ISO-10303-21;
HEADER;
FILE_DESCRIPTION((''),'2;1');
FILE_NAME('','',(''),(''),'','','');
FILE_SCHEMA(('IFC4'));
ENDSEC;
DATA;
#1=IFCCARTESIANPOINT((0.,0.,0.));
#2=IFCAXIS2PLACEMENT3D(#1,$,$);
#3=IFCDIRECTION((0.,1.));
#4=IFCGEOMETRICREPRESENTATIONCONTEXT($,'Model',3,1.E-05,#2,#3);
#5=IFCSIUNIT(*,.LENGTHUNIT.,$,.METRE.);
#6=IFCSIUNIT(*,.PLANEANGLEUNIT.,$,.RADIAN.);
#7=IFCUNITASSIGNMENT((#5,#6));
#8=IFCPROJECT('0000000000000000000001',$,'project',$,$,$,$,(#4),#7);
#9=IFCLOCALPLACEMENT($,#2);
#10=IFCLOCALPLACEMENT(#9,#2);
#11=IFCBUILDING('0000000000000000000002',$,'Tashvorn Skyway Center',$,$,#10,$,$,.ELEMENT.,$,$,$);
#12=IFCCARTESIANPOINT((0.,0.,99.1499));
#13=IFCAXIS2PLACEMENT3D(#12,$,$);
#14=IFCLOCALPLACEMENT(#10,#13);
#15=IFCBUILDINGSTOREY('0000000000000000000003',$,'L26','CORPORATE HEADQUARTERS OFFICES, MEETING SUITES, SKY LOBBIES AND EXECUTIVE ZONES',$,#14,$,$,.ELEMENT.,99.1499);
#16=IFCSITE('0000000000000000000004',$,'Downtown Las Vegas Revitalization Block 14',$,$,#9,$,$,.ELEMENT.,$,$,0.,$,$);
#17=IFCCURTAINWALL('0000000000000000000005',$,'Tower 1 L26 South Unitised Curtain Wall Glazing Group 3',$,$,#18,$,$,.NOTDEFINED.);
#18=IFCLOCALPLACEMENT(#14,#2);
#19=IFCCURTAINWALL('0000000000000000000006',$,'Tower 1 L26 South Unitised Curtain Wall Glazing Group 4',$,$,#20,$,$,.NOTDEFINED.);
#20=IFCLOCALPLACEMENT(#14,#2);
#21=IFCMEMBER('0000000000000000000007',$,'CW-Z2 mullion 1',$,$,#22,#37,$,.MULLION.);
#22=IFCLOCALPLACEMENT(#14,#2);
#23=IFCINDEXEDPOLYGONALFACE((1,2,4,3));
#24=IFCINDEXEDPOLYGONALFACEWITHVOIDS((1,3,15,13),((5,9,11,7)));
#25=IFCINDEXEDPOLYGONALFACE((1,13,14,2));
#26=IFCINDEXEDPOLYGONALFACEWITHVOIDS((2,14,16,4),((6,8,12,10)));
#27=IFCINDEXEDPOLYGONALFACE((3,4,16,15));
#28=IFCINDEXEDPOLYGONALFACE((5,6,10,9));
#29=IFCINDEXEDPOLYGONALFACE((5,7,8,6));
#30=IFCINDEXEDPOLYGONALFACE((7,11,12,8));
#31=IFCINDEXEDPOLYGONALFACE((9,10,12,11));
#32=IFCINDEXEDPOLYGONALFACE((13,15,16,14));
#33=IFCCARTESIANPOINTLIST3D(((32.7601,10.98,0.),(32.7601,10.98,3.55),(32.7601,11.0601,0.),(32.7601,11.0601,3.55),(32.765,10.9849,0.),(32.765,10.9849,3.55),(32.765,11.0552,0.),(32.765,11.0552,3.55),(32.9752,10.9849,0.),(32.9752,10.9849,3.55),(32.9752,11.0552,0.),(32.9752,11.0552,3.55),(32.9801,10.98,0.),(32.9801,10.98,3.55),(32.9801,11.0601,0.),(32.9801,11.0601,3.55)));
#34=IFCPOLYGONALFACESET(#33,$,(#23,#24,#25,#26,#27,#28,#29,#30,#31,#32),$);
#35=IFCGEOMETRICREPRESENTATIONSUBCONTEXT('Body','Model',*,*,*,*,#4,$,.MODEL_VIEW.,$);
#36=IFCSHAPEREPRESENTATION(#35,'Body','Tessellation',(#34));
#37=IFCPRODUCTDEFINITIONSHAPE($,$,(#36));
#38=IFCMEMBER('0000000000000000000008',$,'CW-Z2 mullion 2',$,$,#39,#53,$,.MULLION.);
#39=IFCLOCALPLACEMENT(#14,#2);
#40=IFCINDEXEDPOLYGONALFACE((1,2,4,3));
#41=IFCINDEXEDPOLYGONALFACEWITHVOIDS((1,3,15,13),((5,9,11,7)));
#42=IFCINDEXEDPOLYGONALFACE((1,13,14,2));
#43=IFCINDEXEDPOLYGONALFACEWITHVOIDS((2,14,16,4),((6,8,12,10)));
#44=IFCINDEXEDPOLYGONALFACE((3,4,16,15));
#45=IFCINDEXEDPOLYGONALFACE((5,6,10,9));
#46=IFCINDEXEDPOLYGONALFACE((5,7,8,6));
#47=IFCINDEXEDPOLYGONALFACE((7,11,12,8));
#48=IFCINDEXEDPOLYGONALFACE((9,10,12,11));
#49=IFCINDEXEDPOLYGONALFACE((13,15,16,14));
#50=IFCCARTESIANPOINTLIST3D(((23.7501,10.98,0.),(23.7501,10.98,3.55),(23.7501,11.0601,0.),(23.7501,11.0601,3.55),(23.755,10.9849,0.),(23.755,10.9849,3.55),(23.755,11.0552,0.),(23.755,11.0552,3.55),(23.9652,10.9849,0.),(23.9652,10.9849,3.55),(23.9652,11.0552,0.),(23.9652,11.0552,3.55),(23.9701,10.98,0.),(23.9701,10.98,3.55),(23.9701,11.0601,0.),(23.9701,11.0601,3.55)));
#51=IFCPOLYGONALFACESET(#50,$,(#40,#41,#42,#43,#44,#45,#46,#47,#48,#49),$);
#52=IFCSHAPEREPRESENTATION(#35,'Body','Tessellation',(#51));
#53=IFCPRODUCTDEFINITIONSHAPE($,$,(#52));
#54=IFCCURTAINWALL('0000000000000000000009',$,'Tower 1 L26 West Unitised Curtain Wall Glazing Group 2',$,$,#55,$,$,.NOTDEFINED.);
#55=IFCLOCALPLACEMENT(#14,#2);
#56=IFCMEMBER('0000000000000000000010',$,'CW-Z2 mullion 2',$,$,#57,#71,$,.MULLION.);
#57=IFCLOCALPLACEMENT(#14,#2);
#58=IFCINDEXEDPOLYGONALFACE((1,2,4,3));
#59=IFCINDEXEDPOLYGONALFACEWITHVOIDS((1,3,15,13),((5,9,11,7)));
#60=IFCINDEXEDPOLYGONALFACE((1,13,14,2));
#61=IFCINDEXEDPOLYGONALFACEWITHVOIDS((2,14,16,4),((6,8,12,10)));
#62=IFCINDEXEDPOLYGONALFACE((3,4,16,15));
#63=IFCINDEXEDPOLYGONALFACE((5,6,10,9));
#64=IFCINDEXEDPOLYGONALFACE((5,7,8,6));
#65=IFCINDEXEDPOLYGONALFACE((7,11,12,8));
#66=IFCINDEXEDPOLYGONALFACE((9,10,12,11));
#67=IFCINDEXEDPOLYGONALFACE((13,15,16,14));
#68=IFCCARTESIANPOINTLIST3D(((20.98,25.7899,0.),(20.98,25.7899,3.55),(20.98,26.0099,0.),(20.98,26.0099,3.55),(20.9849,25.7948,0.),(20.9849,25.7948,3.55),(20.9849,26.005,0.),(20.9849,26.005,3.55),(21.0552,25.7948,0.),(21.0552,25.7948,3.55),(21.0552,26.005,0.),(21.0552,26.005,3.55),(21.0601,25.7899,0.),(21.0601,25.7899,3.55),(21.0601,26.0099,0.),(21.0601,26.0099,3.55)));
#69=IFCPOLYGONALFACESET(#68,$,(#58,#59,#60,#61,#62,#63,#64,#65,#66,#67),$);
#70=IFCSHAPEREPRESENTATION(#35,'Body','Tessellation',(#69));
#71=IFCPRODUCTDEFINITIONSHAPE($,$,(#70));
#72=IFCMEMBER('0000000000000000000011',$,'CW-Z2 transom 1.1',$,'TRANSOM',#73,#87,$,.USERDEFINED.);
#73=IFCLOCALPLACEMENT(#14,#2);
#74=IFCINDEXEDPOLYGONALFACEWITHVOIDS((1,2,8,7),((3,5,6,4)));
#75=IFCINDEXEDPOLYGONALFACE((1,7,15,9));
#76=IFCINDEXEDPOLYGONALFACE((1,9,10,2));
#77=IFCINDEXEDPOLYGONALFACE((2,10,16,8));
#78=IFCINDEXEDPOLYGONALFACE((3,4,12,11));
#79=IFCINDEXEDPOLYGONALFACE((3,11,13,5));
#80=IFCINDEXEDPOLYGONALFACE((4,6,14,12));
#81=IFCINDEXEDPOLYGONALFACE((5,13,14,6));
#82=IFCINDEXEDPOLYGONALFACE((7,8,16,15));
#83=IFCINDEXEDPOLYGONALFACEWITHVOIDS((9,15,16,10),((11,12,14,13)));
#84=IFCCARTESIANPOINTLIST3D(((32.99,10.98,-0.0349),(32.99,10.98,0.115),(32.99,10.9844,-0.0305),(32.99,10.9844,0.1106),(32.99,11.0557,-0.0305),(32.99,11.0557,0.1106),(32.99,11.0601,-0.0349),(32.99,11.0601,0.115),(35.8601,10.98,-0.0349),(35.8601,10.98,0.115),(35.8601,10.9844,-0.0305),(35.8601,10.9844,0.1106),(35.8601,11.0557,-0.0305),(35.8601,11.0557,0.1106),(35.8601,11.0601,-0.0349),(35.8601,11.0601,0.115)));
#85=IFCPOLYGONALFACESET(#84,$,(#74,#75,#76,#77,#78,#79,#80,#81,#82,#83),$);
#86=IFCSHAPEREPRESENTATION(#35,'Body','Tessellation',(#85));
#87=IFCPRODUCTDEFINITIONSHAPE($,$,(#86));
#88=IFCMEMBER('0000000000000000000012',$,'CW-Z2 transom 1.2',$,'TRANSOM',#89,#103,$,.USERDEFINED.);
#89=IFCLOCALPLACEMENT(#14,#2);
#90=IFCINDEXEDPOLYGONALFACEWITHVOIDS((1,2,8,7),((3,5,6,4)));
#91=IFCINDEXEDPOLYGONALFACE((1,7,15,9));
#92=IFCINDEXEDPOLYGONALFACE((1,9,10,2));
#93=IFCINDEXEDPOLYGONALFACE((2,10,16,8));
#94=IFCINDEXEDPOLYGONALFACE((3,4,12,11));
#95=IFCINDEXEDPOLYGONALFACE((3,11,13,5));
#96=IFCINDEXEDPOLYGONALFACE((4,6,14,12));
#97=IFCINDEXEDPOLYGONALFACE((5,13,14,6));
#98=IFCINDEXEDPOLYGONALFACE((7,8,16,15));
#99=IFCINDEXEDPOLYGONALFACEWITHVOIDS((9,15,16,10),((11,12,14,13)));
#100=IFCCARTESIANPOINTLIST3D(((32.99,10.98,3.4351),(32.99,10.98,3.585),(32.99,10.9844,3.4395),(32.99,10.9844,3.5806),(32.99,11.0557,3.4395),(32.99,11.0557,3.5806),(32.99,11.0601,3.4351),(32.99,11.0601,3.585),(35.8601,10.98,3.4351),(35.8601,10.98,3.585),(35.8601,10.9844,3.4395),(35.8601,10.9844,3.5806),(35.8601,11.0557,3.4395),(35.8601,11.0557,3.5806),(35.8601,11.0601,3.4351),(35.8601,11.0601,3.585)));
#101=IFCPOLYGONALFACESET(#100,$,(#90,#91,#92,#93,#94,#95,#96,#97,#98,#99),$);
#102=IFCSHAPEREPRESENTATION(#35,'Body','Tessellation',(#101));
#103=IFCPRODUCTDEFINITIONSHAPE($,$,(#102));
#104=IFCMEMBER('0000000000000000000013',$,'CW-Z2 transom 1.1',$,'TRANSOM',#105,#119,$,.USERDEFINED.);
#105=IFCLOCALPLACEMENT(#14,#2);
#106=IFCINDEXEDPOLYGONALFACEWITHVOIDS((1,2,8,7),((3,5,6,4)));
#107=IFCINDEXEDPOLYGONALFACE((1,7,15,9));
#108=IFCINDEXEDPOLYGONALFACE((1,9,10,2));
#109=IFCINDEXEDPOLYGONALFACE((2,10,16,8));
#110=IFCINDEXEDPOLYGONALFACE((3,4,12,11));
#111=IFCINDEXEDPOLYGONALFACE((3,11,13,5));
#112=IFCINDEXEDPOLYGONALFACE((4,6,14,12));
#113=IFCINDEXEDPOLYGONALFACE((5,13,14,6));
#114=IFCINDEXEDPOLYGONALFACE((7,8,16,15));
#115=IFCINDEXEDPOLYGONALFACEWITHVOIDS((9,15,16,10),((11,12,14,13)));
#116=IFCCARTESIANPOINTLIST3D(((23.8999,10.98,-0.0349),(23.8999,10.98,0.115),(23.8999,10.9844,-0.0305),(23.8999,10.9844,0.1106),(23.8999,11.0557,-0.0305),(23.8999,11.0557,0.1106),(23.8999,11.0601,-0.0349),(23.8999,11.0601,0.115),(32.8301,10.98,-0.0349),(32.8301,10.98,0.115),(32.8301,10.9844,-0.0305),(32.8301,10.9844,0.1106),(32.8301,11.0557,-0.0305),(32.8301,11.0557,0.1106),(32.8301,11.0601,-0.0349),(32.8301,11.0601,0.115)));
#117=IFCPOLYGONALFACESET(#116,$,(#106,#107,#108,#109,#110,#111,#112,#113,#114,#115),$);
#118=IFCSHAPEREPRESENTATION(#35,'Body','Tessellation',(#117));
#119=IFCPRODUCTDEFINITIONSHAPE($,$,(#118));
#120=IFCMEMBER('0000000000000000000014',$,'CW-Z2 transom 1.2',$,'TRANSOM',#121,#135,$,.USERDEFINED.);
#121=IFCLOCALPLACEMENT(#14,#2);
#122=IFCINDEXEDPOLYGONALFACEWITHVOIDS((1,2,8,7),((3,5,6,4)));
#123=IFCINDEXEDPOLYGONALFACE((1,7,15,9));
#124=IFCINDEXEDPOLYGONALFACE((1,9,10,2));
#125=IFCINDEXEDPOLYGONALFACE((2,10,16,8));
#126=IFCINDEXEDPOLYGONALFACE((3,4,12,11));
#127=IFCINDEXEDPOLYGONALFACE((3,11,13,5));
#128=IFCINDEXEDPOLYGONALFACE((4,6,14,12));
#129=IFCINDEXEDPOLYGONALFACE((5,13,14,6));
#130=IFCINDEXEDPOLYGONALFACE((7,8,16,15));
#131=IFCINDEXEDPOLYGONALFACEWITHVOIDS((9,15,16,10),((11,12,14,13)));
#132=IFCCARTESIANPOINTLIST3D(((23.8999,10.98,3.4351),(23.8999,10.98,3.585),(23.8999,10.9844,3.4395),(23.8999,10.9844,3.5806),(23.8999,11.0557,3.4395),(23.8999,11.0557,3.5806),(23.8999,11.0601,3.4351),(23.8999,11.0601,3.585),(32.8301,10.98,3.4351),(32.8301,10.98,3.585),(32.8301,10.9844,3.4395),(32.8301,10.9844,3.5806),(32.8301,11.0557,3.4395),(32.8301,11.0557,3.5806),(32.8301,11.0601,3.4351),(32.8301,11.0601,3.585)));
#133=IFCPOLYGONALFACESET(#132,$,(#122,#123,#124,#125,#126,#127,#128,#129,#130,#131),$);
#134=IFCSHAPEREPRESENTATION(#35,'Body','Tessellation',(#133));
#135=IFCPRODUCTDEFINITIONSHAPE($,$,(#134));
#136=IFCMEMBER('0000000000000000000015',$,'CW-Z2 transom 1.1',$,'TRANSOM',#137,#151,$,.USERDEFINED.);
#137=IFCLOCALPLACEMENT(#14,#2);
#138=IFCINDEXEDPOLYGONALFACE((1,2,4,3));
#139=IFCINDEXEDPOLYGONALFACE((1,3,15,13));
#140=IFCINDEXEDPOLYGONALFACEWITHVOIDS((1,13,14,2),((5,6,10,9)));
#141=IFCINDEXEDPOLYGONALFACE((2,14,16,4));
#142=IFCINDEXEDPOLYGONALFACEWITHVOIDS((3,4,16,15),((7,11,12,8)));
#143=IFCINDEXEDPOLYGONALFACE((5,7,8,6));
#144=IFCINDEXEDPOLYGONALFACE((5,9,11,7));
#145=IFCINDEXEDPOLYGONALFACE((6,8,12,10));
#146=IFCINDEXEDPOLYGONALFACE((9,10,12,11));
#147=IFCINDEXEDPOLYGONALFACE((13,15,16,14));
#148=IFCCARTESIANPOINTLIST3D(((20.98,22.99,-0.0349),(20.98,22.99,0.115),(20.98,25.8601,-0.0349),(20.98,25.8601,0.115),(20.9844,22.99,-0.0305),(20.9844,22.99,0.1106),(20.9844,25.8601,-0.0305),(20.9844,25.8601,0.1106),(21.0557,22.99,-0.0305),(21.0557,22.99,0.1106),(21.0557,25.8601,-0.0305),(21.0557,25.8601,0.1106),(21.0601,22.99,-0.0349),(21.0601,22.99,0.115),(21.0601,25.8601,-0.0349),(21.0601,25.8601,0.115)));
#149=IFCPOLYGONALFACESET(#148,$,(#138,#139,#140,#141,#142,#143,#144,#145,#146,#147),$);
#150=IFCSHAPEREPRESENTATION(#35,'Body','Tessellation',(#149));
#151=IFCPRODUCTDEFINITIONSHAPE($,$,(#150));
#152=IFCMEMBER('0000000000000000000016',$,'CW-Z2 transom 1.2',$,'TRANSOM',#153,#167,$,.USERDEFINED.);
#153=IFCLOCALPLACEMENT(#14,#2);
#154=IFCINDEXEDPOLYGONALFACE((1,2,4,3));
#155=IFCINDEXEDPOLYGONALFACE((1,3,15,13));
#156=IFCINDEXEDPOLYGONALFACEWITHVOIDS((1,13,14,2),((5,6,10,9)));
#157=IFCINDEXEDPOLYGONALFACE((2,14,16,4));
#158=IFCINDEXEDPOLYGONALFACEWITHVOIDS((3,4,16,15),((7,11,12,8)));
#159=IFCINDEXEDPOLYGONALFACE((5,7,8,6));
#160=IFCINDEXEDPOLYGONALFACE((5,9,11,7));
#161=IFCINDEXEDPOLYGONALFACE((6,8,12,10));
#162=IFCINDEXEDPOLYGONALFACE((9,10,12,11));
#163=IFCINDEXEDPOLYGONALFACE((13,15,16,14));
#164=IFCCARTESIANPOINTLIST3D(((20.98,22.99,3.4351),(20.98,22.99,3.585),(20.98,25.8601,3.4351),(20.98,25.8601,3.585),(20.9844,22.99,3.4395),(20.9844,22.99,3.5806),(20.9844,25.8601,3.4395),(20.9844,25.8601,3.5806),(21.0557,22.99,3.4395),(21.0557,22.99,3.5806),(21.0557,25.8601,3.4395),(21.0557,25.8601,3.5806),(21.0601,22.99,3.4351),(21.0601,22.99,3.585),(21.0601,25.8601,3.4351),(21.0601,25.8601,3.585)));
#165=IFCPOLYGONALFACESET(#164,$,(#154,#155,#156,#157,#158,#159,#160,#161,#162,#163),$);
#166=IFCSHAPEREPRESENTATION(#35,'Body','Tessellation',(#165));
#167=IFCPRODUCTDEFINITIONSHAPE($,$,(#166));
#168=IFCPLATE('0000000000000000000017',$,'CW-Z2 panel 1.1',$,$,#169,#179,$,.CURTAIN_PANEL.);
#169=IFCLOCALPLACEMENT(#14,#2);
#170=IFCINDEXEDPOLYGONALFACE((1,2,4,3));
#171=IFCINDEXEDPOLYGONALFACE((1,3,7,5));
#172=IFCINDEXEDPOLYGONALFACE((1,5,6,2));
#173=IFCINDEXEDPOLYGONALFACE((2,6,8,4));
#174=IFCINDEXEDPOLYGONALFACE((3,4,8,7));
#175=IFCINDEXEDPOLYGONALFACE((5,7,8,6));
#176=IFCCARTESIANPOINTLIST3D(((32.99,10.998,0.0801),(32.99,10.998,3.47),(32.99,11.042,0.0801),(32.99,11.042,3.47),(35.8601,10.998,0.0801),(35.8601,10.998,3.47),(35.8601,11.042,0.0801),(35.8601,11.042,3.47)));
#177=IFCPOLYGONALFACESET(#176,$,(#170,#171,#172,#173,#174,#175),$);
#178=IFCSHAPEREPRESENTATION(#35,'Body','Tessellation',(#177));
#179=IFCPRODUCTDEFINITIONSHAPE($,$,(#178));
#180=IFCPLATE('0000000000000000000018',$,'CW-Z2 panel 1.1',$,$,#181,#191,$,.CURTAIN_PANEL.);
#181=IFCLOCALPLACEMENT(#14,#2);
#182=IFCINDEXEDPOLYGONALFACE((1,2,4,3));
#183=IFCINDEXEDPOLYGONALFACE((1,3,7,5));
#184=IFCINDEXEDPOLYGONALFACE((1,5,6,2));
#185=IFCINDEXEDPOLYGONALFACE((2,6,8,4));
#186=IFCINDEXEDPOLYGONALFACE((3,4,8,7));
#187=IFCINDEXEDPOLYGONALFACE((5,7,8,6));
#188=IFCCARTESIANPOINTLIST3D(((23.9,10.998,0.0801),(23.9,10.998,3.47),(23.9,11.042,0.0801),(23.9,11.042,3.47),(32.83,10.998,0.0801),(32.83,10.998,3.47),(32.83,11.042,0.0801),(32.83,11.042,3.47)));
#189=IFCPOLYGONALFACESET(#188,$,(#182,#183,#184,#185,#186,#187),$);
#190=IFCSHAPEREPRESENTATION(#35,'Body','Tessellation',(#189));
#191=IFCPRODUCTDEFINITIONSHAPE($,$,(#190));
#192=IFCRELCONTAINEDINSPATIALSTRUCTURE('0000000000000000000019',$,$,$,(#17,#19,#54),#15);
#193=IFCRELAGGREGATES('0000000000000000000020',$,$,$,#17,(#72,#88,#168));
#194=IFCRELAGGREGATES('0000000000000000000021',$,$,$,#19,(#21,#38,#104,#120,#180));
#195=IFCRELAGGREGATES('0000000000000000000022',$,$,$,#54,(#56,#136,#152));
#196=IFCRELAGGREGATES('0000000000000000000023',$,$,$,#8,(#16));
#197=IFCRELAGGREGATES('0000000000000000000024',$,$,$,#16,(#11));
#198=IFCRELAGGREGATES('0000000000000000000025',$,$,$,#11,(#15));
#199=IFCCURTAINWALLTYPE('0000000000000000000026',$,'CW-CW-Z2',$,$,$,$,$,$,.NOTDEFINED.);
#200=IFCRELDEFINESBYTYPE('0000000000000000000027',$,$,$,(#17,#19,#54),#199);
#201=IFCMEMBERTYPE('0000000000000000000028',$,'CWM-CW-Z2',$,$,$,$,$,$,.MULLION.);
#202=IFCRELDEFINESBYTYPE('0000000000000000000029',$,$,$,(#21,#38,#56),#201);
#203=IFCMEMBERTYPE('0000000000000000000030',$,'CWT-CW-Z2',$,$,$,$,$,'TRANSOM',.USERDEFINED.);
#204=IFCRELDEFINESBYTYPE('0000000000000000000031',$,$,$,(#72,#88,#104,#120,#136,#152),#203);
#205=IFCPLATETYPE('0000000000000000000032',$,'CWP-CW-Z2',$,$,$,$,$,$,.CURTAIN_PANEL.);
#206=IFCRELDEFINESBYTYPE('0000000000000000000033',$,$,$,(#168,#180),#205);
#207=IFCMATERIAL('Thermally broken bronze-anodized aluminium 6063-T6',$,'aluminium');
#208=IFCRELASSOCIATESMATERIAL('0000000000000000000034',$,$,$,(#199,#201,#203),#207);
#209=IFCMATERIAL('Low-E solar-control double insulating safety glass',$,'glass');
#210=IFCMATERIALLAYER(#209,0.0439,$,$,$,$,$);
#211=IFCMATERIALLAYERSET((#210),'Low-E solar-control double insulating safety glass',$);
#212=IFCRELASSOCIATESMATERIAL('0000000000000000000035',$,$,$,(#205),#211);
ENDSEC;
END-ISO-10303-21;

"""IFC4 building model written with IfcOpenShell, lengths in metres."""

from ifc_helpers import new_model, si_unit, direction, frame, origin, origin_2d, place, context, subcontext, project, spatial, rectangle, hollow_rectangle, extrude, material, layer, layer_set, material_profile, profile_set, type_object, element, aggregate, save


model = new_model("IFC4")

# Units and contexts
model_context = context("Model", 3, precision=1e-05, world=origin(), true_north=direction((0.0, 1.0)))
body_context = subcontext(model_context, "Body", "Model", "MODEL_VIEW")
ifc_project = project(units=[si_unit("LENGTHUNIT", "METRE"), si_unit("PLANEANGLEUNIT", "RADIAN")], contexts=[model_context])

# Site, building, storey
site_placement = place(None, origin())
site = spatial("IfcSite", under=ifc_project, at=site_placement, Name="Downtown Las Vegas Revitalization Block 14", CompositionType="ELEMENT", RefElevation=0.0)
building_placement = place(site_placement, origin())
building = spatial("IfcBuilding", under=site, at=building_placement, Name="Tashvorn Skyway Center", CompositionType="ELEMENT")
storey_placement = place(building_placement, frame((0.0, 0.0, 99.1499)))
storey = spatial("IfcBuildingStorey", under=building, at=storey_placement, Name="L26", Description="CORPORATE HEADQUARTERS OFFICES, MEETING SUITES, SKY LOBBIES AND EXECUTIVE ZONES", CompositionType="ELEMENT", Elevation=99.1499)

# Curtain walls, members
ifc_material_1 = material(Name="Thermally broken bronze-anodized aluminium 6063-T6", Category="aluminium")
curtain_wall_type = type_object("IfcCurtainWallType", Name="CW-CW-Z2", PredefinedType="NOTDEFINED", material=ifc_material_1)
curtain_wall_1_placement = place(storey_placement, origin())
curtain_wall_1 = element("IfcCurtainWall", 1, at=curtain_wall_1_placement, inside=storey, type_object=curtain_wall_type, Name="Tower 1 L26 South Unitised Curtain Wall Glazing Group 3", PredefinedType="NOTDEFINED")
ifc_material_profile_1 = material_profile(ifc_material_1, hollow_rectangle(XDim=0.0801, YDim=0.22, WallThickness=0.0049, at=origin_2d()), Name="ALU-MULL-80x220")
ifc_profile_set_1 = profile_set([ifc_material_profile_1], Name="Thermally broken bronze-anodized aluminium 6063-T6")
member_type_1 = type_object("IfcMemberType", Name="CWM-CW-Z2", PredefinedType="MULLION", material=ifc_profile_set_1)
curtain_wall_2_placement = place(storey_placement, origin())
curtain_wall_2 = element("IfcCurtainWall", 2, at=curtain_wall_2_placement, inside=storey, type_object=curtain_wall_type, Name="Tower 1 L26 South Unitised Curtain Wall Glazing Group 4", PredefinedType="NOTDEFINED")
member_1_placement = place(storey_placement, frame((32.8701, 11.02, 0.0), z_axis=(0.0, 0.0, 1.0), x_axis=(0.0, -1.0, 0.0)))
member_1 = element("IfcMember", 3, at=member_1_placement, type_object=member_type_1, Name="CW-Z2 mullion 1", PredefinedType="MULLION", context=body_context, shape_type="SweptSolid", body=[
    extrude(hollow_rectangle(XDim=0.0801, YDim=0.22, WallThickness=0.0049, at=origin_2d()), origin(), (0.0, 0.0, 1.0), 3.55),
])
member_2_placement = place(storey_placement, frame((23.8601, 11.02, 0.0), z_axis=(0.0, 0.0, 1.0), x_axis=(0.0, -1.0, 0.0)))
member_2 = element("IfcMember", 4, at=member_2_placement, type_object=member_type_1, Name="CW-Z2 mullion 2", PredefinedType="MULLION", context=body_context, shape_type="SweptSolid", body=[
    extrude(hollow_rectangle(XDim=0.0801, YDim=0.22, WallThickness=0.0049, at=origin_2d()), origin(), (0.0, 0.0, 1.0), 3.55),
])

# Curtain wall, member
curtain_wall_3_placement = place(storey_placement, origin())
curtain_wall_3 = element("IfcCurtainWall", 5, at=curtain_wall_3_placement, inside=storey, type_object=curtain_wall_type, Name="Tower 1 L26 West Unitised Curtain Wall Glazing Group 2", PredefinedType="NOTDEFINED")
member_3_placement = place(storey_placement, frame((21.02, 25.8999, 0.0), z_axis=(0.0, 0.0, 1.0), x_axis=(-1.0, 0.0, 0.0)))
member_3 = element("IfcMember", 6, at=member_3_placement, type_object=member_type_1, Name="CW-Z2 mullion 2", PredefinedType="MULLION", context=body_context, shape_type="SweptSolid", body=[
    extrude(hollow_rectangle(XDim=0.0801, YDim=0.22, WallThickness=0.0049, at=origin_2d()), origin(), (0.0, 0.0, 1.0), 3.55),
])

# Members
ifc_material_profile_2 = material_profile(ifc_material_1, hollow_rectangle(XDim=0.0801, YDim=0.1499, WallThickness=0.0044, at=origin_2d()), Name="ALU-TRAN-80x150")
ifc_profile_set_2 = profile_set([ifc_material_profile_2], Name="Thermally broken bronze-anodized aluminium 6063-T6")
member_type_2 = type_object("IfcMemberType", Name="CWT-CW-Z2", ElementType="TRANSOM", PredefinedType="USERDEFINED", material=ifc_profile_set_2)
member_4_placement = place(storey_placement, frame((35.8601, 11.02, 0.04), z_axis=(-1.0, 0.0, 0.0), x_axis=(0.0, -1.0, 0.0)))
member_4 = element("IfcMember", 7, at=member_4_placement, type_object=member_type_2, Name="CW-Z2 transom 1.1", ObjectType="TRANSOM", PredefinedType="USERDEFINED", context=body_context, shape_type="SweptSolid", body=[
    extrude(hollow_rectangle(XDim=0.0801, YDim=0.1499, WallThickness=0.0044, at=origin_2d()), origin(), (0.0, 0.0, 1.0), 2.8701),
])
member_5_placement = place(storey_placement, frame((35.8601, 11.02, 3.51), z_axis=(-1.0, 0.0, 0.0), x_axis=(0.0, -1.0, 0.0)))
member_5 = element("IfcMember", 8, at=member_5_placement, type_object=member_type_2, Name="CW-Z2 transom 1.2", ObjectType="TRANSOM", PredefinedType="USERDEFINED", context=body_context, shape_type="SweptSolid", body=[
    extrude(hollow_rectangle(XDim=0.0801, YDim=0.1499, WallThickness=0.0044, at=origin_2d()), origin(), (0.0, 0.0, 1.0), 2.8701),
])
member_6_placement = place(storey_placement, frame((32.8301, 11.02, 0.04), z_axis=(-1.0, 0.0, 0.0), x_axis=(0.0, -1.0, 0.0)))
member_6 = element("IfcMember", 9, at=member_6_placement, type_object=member_type_2, Name="CW-Z2 transom 1.1", ObjectType="TRANSOM", PredefinedType="USERDEFINED", context=body_context, shape_type="SweptSolid", body=[
    extrude(hollow_rectangle(XDim=0.0801, YDim=0.1499, WallThickness=0.0044, at=origin_2d()), origin(), (0.0, 0.0, 1.0), 8.9302),
])
member_7_placement = place(storey_placement, frame((32.8301, 11.02, 3.51), z_axis=(-1.0, 0.0, 0.0), x_axis=(0.0, -1.0, 0.0)))
member_7 = element("IfcMember", 10, at=member_7_placement, type_object=member_type_2, Name="CW-Z2 transom 1.2", ObjectType="TRANSOM", PredefinedType="USERDEFINED", context=body_context, shape_type="SweptSolid", body=[
    extrude(hollow_rectangle(XDim=0.0801, YDim=0.1499, WallThickness=0.0044, at=origin_2d()), origin(), (0.0, 0.0, 1.0), 8.9302),
])
member_8_placement = place(storey_placement, frame((21.02, 22.99, 0.04), z_axis=(0.0, 1.0, 0.0), x_axis=(-1.0, 0.0, 0.0)))
member_8 = element("IfcMember", 11, at=member_8_placement, type_object=member_type_2, Name="CW-Z2 transom 1.1", ObjectType="TRANSOM", PredefinedType="USERDEFINED", context=body_context, shape_type="SweptSolid", body=[
    extrude(hollow_rectangle(XDim=0.0801, YDim=0.1499, WallThickness=0.0044, at=origin_2d()), origin(), (0.0, 0.0, 1.0), 2.8701),
])
member_9_placement = place(storey_placement, frame((21.02, 22.99, 3.51), z_axis=(0.0, 1.0, 0.0), x_axis=(-1.0, 0.0, 0.0)))
member_9 = element("IfcMember", 12, at=member_9_placement, type_object=member_type_2, Name="CW-Z2 transom 1.2", ObjectType="TRANSOM", PredefinedType="USERDEFINED", context=body_context, shape_type="SweptSolid", body=[
    extrude(hollow_rectangle(XDim=0.0801, YDim=0.1499, WallThickness=0.0044, at=origin_2d()), origin(), (0.0, 0.0, 1.0), 2.8701),
])

# Plates
ifc_material_2 = material(Name="Low-E solar-control double insulating safety glass", Category="glass")
ifc_layer_1 = layer(ifc_material_2, 0.0439)
ifc_layer_set_1 = layer_set([ifc_layer_1], Name="Low-E solar-control double insulating safety glass")
plate_type = type_object("IfcPlateType", Name="CWP-CW-Z2", PredefinedType="CURTAIN_PANEL", material=ifc_layer_set_1)
plate_1_placement = place(storey_placement, frame((34.425, 11.02, 0.0801), z_axis=(0.0, 0.0, 1.0), x_axis=(-1.0, 0.0, 0.0)))
plate_1 = element("IfcPlate", 13, at=plate_1_placement, type_object=plate_type, Name="CW-Z2 panel 1.1", PredefinedType="CURTAIN_PANEL", context=body_context, shape_type="SweptSolid", body=[
    extrude(rectangle(XDim=2.8701, YDim=0.0439, at=origin_2d()), origin(), (0.0, 0.0, 1.0), 3.3899),
])
aggregate(curtain_wall_1, [member_4, member_5, plate_1])
plate_2_placement = place(storey_placement, frame((28.365, 11.02, 0.0801), z_axis=(0.0, 0.0, 1.0), x_axis=(-1.0, 0.0, 0.0)))
plate_2 = element("IfcPlate", 14, at=plate_2_placement, type_object=plate_type, Name="CW-Z2 panel 1.1", PredefinedType="CURTAIN_PANEL", context=body_context, shape_type="SweptSolid", body=[
    extrude(rectangle(XDim=8.9299, YDim=0.0439, at=origin_2d()), origin(), (0.0, 0.0, 1.0), 3.3899),
])
aggregate(curtain_wall_2, [member_1, member_2, member_6, member_7, plate_2])
aggregate(curtain_wall_3, [member_3, member_8, member_9])

save(model, "model.ifc")
